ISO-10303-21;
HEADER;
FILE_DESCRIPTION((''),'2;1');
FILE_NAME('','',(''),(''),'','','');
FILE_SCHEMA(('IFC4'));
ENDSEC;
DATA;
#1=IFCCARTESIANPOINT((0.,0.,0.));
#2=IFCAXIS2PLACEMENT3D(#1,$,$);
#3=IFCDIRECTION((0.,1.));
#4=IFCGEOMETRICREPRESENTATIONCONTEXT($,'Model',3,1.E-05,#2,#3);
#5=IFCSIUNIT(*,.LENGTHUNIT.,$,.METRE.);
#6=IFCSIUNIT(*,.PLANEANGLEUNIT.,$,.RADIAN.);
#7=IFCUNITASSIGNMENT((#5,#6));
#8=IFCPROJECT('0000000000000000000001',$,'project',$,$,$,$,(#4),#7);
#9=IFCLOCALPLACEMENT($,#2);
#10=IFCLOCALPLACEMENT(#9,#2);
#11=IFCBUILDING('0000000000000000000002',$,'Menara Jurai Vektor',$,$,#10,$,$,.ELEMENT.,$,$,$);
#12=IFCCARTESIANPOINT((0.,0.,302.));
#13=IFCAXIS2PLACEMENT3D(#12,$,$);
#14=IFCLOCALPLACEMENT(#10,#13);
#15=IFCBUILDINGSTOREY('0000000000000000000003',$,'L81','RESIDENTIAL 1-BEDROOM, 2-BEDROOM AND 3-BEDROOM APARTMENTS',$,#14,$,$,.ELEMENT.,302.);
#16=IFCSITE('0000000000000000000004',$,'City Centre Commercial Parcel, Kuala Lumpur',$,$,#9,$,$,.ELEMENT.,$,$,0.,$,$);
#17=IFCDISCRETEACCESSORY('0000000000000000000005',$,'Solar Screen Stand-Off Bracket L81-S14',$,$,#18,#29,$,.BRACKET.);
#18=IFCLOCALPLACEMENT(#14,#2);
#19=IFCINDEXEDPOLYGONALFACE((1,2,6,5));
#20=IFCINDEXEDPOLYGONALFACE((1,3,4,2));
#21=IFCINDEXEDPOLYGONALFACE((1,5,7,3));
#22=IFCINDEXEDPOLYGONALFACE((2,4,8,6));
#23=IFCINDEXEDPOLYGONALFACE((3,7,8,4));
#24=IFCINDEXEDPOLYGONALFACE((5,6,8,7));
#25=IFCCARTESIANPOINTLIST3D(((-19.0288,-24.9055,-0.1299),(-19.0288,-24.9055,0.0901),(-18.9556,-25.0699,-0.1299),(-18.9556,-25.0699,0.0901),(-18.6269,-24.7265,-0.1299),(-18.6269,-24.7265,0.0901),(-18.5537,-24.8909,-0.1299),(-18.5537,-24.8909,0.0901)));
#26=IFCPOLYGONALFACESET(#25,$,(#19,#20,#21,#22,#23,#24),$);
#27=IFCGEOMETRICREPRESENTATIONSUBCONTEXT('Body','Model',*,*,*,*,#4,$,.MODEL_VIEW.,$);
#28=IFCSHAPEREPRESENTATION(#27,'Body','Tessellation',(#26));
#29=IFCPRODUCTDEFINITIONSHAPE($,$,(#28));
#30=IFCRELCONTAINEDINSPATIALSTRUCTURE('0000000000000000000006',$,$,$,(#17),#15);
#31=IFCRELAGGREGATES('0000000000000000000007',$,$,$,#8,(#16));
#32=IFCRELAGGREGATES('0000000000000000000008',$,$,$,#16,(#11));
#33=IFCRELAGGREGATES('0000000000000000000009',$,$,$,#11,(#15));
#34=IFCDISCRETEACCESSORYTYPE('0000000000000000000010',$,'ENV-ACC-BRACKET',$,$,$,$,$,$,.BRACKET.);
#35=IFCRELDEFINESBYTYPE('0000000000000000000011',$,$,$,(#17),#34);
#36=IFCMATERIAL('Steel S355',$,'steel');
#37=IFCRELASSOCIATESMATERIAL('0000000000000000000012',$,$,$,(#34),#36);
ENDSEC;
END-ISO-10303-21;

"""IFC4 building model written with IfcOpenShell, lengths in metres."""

from ifc_helpers import new_model, si_unit, direction, frame, origin, origin_2d, place, context, subcontext, project, spatial, rectangle, extrude, material, type_object, element, save


model = new_model("IFC4")

# Units and contexts
model_context = context("Model", 3, precision=1e-05, world=origin(), true_north=direction((0.0, 1.0)))
body_context = subcontext(model_context, "Body", "Model", "MODEL_VIEW")
ifc_project = project(units=[si_unit("LENGTHUNIT", "METRE"), si_unit("PLANEANGLEUNIT", "RADIAN")], contexts=[model_context])

# Site, building, storey
site_placement = place(None, origin())
site = spatial("IfcSite", under=ifc_project, at=site_placement, Name="City Centre Commercial Parcel, Kuala Lumpur", CompositionType="ELEMENT", RefElevation=0.0)
building_placement = place(site_placement, origin())
building = spatial("IfcBuilding", under=site, at=building_placement, Name="Menara Jurai Vektor", CompositionType="ELEMENT")
storey_placement = place(building_placement, frame((0.0, 0.0, 302.0)))
storey = spatial("IfcBuildingStorey", under=building, at=storey_placement, Name="L81", Description="RESIDENTIAL 1-BEDROOM, 2-BEDROOM AND 3-BEDROOM APARTMENTS", CompositionType="ELEMENT", Elevation=302.0)

# Shared definitions
ifc_material_1 = material(Name="Steel S355", Category="steel")

# Discrete accessory
discrete_accessory_type = type_object("IfcDiscreteAccessoryType", Name="ENV-ACC-BRACKET", PredefinedType="BRACKET", material=ifc_material_1)
discrete_accessory_placement = place(storey_placement, frame((-18.7913, -24.8982, -0.1299), z_axis=(0.0, 0.0, 1.0), x_axis=(0.406737, -0.913545, 0.0)))
element("IfcDiscreteAccessory", 1, at=discrete_accessory_placement, inside=storey, type_object=discrete_accessory_type, Name="Solar Screen Stand-Off Bracket L81-S14", PredefinedType="BRACKET", context=body_context, shape_type="SweptSolid", body=[
    extrude(rectangle(XDim=0.1799, YDim=0.4399, at=origin_2d()), origin(), (0.0, 0.0, 1.0), 0.22),
])

save(model, "model.ifc")
